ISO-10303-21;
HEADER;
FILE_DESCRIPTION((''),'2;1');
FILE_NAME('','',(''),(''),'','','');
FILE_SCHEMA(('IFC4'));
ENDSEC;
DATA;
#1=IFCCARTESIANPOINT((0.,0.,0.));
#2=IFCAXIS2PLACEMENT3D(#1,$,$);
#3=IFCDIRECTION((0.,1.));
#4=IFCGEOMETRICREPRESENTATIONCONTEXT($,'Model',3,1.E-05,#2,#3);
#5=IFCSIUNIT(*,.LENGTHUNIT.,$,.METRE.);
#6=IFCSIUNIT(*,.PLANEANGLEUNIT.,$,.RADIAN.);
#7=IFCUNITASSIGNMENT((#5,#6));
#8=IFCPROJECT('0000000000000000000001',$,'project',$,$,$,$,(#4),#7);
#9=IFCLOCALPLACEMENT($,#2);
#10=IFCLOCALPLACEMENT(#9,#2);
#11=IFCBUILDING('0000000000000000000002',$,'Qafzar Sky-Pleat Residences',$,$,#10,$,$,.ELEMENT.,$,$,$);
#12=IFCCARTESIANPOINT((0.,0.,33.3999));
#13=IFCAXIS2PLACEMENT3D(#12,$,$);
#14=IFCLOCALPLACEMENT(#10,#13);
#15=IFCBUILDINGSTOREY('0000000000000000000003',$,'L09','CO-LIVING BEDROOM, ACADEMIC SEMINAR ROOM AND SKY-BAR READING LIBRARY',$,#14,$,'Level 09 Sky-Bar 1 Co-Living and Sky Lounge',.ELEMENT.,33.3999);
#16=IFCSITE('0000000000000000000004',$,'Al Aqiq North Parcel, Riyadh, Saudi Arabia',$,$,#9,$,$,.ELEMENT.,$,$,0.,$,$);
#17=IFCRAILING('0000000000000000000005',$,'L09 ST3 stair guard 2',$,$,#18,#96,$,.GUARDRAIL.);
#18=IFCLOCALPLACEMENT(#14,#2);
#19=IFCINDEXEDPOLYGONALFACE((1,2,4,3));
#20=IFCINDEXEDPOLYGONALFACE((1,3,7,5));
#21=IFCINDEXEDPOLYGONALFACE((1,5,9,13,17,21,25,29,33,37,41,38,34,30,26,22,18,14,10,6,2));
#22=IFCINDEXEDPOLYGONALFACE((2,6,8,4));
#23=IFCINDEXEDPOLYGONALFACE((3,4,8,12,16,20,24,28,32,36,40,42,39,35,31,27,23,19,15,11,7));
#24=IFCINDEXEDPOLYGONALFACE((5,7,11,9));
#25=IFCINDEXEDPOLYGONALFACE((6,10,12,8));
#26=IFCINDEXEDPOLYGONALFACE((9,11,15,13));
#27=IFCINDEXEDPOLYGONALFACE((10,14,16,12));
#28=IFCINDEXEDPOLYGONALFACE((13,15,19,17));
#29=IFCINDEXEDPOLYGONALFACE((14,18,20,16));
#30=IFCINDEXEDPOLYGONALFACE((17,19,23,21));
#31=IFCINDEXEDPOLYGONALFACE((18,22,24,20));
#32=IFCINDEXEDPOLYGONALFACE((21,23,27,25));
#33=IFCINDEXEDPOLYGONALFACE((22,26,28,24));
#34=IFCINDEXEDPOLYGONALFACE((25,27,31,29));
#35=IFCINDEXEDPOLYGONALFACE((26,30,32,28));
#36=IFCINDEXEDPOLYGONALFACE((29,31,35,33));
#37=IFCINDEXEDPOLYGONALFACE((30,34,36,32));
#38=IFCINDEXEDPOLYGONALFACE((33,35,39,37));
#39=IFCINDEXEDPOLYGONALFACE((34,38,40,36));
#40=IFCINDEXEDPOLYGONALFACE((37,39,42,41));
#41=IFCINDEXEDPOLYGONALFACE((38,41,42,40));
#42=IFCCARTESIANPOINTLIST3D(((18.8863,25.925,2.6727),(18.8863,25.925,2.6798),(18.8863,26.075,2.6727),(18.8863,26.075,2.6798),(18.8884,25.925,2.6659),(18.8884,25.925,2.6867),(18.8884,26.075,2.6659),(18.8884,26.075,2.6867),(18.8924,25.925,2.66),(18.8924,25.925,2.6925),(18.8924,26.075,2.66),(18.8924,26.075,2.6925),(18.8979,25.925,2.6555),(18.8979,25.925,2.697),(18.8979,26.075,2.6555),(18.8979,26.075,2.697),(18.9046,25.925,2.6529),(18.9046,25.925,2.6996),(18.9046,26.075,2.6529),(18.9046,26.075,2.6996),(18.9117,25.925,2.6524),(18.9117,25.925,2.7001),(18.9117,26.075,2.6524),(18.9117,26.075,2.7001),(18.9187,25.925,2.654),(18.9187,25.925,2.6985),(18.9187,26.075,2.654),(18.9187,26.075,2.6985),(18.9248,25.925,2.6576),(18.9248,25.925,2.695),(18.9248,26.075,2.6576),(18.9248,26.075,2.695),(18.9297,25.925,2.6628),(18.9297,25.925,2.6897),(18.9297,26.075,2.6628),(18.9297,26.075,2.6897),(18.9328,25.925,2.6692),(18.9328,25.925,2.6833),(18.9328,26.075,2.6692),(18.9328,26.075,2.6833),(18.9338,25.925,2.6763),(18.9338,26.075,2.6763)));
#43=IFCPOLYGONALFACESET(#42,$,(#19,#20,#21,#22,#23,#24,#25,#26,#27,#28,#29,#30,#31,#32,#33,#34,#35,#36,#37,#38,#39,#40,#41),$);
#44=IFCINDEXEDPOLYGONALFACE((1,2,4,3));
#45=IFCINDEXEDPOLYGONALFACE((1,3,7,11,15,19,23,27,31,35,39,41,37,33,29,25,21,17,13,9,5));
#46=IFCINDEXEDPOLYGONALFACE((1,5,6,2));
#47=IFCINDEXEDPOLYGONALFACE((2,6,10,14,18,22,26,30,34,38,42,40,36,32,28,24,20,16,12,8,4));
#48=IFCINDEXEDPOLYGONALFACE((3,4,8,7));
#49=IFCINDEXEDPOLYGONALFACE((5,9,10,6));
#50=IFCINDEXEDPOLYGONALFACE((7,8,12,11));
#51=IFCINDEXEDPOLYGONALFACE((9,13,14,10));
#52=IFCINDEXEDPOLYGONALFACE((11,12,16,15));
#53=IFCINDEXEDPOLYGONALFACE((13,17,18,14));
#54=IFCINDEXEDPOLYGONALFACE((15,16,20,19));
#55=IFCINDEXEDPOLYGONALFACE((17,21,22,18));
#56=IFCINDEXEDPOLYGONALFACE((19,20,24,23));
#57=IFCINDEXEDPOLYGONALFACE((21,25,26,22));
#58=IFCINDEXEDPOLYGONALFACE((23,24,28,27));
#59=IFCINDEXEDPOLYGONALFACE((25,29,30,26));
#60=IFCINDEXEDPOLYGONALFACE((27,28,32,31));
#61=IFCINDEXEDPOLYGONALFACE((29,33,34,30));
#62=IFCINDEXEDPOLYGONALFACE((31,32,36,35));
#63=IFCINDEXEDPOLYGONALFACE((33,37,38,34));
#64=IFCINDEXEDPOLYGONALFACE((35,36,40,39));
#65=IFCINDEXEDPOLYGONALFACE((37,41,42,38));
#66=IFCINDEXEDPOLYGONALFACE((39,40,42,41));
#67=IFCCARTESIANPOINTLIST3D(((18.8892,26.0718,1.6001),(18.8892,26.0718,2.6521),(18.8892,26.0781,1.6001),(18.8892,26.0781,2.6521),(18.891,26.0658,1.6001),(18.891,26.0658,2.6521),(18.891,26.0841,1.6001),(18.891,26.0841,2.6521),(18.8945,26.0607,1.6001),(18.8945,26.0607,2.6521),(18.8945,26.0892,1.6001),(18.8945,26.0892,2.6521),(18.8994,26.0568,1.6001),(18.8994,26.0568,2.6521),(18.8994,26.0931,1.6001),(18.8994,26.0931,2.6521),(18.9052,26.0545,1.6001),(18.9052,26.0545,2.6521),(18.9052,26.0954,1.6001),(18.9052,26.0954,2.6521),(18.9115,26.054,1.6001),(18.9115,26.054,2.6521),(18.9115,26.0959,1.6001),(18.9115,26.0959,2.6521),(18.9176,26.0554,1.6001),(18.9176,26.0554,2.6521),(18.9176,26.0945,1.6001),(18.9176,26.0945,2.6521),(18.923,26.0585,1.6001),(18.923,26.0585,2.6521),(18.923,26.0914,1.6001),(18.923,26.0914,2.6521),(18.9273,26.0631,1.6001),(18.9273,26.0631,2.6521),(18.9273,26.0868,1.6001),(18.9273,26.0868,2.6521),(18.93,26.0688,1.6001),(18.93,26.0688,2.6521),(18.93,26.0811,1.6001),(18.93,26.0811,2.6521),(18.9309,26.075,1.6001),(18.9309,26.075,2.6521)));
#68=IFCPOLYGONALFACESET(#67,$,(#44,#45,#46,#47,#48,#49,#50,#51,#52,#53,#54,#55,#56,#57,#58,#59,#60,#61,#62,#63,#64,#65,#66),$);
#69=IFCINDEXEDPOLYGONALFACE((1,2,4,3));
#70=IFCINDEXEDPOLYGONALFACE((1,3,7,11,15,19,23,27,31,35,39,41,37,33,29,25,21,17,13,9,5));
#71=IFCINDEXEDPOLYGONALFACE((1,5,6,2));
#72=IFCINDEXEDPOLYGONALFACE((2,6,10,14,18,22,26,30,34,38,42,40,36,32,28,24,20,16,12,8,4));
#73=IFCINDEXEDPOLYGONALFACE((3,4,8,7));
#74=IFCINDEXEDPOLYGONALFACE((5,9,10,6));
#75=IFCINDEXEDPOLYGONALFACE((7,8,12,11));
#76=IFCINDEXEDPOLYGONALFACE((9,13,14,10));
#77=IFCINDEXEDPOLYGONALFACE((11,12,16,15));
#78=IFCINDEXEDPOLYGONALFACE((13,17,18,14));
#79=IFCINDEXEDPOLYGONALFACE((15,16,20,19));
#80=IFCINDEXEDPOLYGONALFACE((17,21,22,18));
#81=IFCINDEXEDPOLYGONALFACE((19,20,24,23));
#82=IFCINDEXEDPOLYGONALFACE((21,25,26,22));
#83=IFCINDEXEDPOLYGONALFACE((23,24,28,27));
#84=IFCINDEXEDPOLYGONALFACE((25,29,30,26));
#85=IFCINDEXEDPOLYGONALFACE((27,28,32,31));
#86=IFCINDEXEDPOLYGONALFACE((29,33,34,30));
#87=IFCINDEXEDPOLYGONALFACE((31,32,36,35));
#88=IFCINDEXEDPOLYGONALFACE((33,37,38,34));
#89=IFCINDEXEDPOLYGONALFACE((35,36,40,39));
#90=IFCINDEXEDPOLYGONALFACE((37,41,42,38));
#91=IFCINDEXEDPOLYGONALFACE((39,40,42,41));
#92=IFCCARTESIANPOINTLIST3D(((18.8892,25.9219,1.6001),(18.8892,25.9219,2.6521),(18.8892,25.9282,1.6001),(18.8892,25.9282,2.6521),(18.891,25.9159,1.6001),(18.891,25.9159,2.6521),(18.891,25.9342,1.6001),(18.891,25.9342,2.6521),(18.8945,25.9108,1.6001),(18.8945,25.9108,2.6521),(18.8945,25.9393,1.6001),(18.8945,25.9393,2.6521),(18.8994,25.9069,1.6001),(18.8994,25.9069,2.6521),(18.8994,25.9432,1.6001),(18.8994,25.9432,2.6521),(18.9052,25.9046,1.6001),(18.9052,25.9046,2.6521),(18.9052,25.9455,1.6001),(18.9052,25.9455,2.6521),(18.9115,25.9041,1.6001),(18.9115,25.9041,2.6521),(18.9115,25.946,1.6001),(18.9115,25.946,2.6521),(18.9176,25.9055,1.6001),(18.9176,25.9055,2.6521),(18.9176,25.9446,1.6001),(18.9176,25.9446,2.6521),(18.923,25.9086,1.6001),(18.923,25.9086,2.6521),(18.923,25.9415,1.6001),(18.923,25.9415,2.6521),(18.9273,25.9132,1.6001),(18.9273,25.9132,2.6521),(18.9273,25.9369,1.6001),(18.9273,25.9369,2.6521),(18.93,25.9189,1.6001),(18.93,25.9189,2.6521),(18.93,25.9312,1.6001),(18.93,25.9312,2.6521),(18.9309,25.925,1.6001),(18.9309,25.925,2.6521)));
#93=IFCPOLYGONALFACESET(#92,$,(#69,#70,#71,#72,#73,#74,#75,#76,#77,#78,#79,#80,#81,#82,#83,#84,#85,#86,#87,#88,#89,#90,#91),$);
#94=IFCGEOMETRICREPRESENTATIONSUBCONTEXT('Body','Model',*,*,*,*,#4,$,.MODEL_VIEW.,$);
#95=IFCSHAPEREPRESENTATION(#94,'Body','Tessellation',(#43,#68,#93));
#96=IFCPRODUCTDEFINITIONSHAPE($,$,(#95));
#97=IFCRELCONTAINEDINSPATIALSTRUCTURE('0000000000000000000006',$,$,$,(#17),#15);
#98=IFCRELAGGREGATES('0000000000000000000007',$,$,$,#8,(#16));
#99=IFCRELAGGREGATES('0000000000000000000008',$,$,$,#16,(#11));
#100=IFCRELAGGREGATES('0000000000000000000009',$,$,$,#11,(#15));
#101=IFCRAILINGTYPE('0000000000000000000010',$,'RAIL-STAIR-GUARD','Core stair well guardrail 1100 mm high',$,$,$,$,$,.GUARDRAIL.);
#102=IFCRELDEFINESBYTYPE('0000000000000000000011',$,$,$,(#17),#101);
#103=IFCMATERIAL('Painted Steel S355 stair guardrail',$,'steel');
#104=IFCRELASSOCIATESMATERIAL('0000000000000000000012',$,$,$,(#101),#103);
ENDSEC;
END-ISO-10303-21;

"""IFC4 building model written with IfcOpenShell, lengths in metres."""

from ifc_helpers import new_model, si_unit, direction, frame, origin, origin_2d, place, context, subcontext, project, spatial, circle, extrude, source, transform, mapped, material, type_object, element, save


model = new_model("IFC4")

# Units and contexts
model_context = context("Model", 3, precision=1e-05, world=origin(), true_north=direction((0.0, 1.0)))
body_context = subcontext(model_context, "Body", "Model", "MODEL_VIEW")
ifc_project = project(units=[si_unit("LENGTHUNIT", "METRE"), si_unit("PLANEANGLEUNIT", "RADIAN")], contexts=[model_context])

# Site, building, storey
site_placement = place(None, origin())
site = spatial("IfcSite", under=ifc_project, at=site_placement, Name="Al Aqiq North Parcel, Riyadh, Saudi Arabia", CompositionType="ELEMENT", RefElevation=0.0)
building_placement = place(site_placement, origin())
building = spatial("IfcBuilding", under=site, at=building_placement, Name="Qafzar Sky-Pleat Residences", CompositionType="ELEMENT")
storey_placement = place(building_placement, frame((0.0, 0.0, 33.3999)))
storey = spatial("IfcBuildingStorey", under=building, at=storey_placement, Name="L09", Description="CO-LIVING BEDROOM, ACADEMIC SEMINAR ROOM AND SKY-BAR READING LIBRARY", LongName="Level 09 Sky-Bar 1 Co-Living and Sky Lounge", CompositionType="ELEMENT", Elevation=33.3999)

# Railing
ifc_material_1 = material(Name="Painted Steel S355 stair guardrail", Category="steel")
railing_type_1 = type_object("IfcRailingType", Name="RAIL-STAIR-GUARD", Description="Core stair well guardrail 1100 mm high", PredefinedType="GUARDRAIL", material=ifc_material_1)
shared_shape_1 = source(origin(), body_context, "Body", "SweptSolid", [
    extrude(circle(Radius=0.0239, at=origin_2d()), frame((0.0, 0.0, 1.0762), z_axis=(0.0, -1.0, 0.0), x_axis=(1.0, 0.0, 0.0)), (0.0, 0.0, 1.0), 0.1499),
    extrude(circle(Radius=0.021, at=origin_2d()), origin(), (0.0, 0.0, 1.0), 1.052),
    extrude(circle(Radius=0.021, at=origin_2d()), frame((0.0, -0.1499, 0.0)), (0.0, 0.0, 1.0), 1.052),
])
railing_1_placement = place(storey_placement, frame((18.9099, 26.075, 1.6001)))
element("IfcRailing", 1, at=railing_1_placement, inside=storey, type_object=railing_type_1, Name="L09 ST3 stair guard 2", PredefinedType="GUARDRAIL", context=body_context, shape_type="MappedRepresentation", body=[
    mapped(shared_shape_1, transform((0.0, 0.0, 0.0), x_axis=(1.0, 0.0, 0.0), y_axis=(0.0, 1.0, 0.0), z_axis=(0.0, 0.0, 1.0), scale=1.0)),
])

save(model, "model.ifc")
